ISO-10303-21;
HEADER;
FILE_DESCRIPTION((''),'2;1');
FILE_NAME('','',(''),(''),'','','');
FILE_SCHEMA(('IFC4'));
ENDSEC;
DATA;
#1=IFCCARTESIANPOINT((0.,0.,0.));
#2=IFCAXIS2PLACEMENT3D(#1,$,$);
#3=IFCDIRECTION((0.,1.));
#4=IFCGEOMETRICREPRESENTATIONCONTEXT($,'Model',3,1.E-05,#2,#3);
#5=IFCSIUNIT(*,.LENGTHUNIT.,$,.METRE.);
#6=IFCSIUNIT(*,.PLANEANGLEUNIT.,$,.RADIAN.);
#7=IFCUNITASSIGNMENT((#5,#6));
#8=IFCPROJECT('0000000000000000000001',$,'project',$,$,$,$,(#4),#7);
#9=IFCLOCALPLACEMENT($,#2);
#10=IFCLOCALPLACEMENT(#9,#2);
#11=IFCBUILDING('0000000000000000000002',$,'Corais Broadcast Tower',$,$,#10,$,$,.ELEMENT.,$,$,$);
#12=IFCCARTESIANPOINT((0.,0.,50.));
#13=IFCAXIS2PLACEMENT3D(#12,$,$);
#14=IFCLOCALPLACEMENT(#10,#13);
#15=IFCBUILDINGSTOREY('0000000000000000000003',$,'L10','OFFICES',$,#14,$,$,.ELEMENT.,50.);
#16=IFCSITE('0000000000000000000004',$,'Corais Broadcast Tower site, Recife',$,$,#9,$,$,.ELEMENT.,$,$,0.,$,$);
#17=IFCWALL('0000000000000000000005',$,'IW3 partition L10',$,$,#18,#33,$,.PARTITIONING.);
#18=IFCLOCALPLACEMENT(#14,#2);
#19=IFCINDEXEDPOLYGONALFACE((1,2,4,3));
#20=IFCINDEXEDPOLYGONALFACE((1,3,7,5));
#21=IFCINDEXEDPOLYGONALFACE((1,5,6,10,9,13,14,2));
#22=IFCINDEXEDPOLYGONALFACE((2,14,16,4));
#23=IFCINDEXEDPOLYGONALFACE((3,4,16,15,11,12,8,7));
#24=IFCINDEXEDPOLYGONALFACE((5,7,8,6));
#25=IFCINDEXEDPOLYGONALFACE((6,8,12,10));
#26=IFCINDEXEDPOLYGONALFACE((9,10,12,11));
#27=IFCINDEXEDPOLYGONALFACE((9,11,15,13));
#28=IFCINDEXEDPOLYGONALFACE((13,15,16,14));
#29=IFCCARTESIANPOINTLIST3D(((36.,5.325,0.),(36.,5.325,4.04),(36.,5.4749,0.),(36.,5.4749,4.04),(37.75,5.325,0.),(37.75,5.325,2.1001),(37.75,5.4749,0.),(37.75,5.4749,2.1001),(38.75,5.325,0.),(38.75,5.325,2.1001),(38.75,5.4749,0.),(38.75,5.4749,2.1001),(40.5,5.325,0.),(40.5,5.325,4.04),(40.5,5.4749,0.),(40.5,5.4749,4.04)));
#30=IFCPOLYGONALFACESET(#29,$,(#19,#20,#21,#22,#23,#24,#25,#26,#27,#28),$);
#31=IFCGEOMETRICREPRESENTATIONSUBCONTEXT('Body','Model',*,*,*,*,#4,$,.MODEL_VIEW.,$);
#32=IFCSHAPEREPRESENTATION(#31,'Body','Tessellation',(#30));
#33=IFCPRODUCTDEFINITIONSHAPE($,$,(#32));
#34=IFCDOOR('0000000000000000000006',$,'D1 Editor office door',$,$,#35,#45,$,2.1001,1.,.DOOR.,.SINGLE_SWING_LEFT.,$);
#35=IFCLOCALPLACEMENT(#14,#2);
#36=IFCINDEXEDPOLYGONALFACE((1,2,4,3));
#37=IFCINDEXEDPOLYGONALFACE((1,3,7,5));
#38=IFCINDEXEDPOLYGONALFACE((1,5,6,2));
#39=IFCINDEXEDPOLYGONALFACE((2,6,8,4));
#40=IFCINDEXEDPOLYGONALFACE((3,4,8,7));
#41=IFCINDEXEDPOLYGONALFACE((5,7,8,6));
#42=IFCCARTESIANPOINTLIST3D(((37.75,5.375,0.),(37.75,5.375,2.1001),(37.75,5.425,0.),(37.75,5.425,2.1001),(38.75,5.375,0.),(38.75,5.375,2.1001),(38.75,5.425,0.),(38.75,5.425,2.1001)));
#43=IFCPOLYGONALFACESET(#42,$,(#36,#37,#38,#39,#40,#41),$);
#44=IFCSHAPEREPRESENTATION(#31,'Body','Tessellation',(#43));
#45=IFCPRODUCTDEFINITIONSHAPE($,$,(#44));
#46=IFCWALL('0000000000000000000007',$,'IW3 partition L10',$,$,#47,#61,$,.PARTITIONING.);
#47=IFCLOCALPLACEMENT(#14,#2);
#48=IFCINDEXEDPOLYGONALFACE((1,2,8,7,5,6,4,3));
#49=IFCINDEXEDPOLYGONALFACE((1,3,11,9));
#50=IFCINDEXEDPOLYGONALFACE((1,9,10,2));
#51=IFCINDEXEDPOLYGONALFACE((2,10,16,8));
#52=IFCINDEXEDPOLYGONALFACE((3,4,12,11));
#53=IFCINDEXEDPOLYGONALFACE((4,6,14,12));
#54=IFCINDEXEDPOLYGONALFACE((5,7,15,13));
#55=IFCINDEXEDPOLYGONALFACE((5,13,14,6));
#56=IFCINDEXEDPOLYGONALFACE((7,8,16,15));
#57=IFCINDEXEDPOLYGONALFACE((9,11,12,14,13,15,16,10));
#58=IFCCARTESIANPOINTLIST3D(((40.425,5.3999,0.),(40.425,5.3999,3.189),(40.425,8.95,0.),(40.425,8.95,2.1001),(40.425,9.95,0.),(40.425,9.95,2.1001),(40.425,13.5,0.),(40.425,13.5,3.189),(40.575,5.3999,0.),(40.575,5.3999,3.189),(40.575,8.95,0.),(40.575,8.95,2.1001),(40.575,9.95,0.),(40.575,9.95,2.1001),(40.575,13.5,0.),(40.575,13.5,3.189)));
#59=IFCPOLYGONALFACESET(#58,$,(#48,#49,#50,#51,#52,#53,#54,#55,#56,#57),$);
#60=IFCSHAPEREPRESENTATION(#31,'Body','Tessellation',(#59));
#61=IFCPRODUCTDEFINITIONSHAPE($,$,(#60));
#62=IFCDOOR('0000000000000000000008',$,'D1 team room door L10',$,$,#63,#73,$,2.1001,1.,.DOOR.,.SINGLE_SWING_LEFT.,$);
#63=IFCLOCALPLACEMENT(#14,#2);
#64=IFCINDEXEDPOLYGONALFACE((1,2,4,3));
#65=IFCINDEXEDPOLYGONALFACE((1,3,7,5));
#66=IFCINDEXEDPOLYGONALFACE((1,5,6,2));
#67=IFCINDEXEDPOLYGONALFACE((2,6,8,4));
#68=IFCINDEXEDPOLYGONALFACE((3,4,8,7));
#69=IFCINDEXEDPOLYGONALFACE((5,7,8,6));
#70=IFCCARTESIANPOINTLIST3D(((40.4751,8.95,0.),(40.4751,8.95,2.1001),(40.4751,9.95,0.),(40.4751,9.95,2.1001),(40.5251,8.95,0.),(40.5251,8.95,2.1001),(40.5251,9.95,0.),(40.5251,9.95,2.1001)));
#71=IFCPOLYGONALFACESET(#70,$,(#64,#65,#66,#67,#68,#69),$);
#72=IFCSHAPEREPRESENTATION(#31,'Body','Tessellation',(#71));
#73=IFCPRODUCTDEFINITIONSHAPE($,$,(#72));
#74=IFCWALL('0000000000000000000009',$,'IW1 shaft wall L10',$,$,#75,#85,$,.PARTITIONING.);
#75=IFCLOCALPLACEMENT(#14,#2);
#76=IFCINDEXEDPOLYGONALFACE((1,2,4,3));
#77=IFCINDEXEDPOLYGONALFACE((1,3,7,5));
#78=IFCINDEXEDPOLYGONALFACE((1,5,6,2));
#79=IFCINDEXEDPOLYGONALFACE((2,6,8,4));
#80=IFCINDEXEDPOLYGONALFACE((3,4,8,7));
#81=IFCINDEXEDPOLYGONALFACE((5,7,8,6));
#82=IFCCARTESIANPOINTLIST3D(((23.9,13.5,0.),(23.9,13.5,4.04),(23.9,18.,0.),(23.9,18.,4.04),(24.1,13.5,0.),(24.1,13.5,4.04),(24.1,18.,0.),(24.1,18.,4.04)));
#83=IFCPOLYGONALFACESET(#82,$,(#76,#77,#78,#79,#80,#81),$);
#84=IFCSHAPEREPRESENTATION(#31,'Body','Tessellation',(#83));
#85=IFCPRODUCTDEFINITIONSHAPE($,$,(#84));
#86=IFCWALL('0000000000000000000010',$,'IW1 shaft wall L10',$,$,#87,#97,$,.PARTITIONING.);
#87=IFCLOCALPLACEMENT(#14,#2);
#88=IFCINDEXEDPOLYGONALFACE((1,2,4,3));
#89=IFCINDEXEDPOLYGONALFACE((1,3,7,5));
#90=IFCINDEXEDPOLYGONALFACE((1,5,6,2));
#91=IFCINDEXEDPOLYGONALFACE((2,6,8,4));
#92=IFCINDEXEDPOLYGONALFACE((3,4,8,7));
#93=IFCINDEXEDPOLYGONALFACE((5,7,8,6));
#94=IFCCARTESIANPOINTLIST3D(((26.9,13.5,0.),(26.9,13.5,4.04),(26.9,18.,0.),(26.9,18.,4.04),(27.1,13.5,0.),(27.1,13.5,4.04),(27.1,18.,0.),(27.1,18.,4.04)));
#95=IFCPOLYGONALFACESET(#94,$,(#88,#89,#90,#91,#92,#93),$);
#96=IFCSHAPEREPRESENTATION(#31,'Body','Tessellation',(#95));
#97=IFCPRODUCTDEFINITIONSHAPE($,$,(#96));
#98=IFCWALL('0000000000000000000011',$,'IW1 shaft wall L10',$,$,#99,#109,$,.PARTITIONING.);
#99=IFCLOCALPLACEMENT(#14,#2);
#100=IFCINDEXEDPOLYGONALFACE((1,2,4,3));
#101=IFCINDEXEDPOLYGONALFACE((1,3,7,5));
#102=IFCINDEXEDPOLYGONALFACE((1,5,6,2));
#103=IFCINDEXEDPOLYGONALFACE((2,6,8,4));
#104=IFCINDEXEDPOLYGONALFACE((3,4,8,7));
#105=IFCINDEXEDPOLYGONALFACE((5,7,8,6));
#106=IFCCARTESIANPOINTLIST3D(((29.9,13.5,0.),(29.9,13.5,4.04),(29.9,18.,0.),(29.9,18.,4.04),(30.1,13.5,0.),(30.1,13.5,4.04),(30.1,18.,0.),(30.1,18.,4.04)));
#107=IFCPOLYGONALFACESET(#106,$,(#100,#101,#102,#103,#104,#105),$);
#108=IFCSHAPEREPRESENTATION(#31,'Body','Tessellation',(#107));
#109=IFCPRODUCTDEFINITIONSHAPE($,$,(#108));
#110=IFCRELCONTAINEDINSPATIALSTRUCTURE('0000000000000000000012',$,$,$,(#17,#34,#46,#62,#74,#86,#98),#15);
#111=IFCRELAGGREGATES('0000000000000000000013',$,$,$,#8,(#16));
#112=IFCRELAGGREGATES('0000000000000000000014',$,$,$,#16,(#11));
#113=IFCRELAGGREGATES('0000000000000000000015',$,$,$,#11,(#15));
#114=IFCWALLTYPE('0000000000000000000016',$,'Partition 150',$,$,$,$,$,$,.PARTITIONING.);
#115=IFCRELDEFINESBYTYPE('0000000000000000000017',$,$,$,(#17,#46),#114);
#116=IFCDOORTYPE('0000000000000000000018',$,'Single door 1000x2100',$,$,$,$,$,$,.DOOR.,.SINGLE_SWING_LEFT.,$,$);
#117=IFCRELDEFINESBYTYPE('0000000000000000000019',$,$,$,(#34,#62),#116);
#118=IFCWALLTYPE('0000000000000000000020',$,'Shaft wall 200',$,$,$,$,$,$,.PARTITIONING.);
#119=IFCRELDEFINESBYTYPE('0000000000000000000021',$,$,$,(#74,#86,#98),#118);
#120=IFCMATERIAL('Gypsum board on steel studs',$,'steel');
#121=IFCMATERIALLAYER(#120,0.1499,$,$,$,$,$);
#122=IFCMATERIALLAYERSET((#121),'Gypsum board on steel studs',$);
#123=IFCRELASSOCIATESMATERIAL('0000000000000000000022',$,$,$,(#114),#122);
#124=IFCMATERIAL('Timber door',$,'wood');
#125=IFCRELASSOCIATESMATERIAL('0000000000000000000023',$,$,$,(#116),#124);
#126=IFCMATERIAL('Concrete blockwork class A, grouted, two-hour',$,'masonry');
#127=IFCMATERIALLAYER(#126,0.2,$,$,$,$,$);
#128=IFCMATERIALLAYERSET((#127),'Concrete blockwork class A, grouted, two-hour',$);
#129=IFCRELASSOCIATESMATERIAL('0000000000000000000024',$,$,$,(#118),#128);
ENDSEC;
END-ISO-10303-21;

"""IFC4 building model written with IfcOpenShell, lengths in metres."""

from ifc_helpers import new_model, si_unit, direction, frame, frame_2d, origin, place, context, subcontext, project, spatial, rectangle, extrude, material, layer, layer_set, type_object, element, fill, save


model = new_model("IFC4")

# Units and contexts
model_context = context("Model", 3, precision=1e-05, world=origin(), true_north=direction((0.0, 1.0)))
body_context = subcontext(model_context, "Body", "Model", "MODEL_VIEW")
ifc_project = project(units=[si_unit("LENGTHUNIT", "METRE"), si_unit("PLANEANGLEUNIT", "RADIAN")], contexts=[model_context])

# Site, building, storey
site_placement = place(None, origin())
site = spatial("IfcSite", under=ifc_project, at=site_placement, Name="Corais Broadcast Tower site, Recife", CompositionType="ELEMENT", RefElevation=0.0)
building_placement = place(site_placement, origin())
building = spatial("IfcBuilding", under=site, at=building_placement, Name="Corais Broadcast Tower", CompositionType="ELEMENT")
storey_placement = place(building_placement, frame((0.0, 0.0, 50.0)))
storey = spatial("IfcBuildingStorey", under=building, at=storey_placement, Name="L10", Description="OFFICES", CompositionType="ELEMENT", Elevation=50.0)

# Shared definitions
ifc_material_1 = material(Name="Gypsum board on steel studs", Category="steel")
ifc_layer_1 = layer(ifc_material_1, 0.1499)
ifc_layer_set_1 = layer_set([ifc_layer_1], Name="Gypsum board on steel studs")
wall_type_1 = type_object("IfcWallType", Name="Partition 150", PredefinedType="PARTITIONING", material=ifc_layer_set_1)
ifc_material_2 = material(Name="Timber door", Category="wood")
door_type = type_object("IfcDoorType", Name="Single door 1000x2100", OperationType="SINGLE_SWING_LEFT", PredefinedType="DOOR", material=ifc_material_2)

# Walls, openings, doors
wall_1_placement = place(storey_placement, frame((40.5, 5.3999, 0.0), z_axis=(0.0, 0.0, 1.0), x_axis=(-1.0, 0.0, 0.0)))
wall_1 = element("IfcWall", 1, at=wall_1_placement, inside=storey, type_object=wall_type_1, Name="IW3 partition L10", PredefinedType="PARTITIONING", context=body_context, shape_type="SweptSolid", body=[
    extrude(rectangle(XDim=4.5, YDim=0.1499, at=frame_2d((2.25, 0.0))), origin(), (0.0, 0.0, 1.0), 4.04),
])
opening_1_placement = place(wall_1_placement, frame((1.75, 0.0, 0.0)))
opening_1 = element("IfcOpeningElement", 2, at=opening_1_placement, cuts=wall_1, PredefinedType="OPENING", context=body_context, shape_type="SweptSolid", body=[
    extrude(rectangle(XDim=1.0, YDim=2.1001, at=frame_2d((0.5, 1.05))), frame((0.0, 0.085, 0.0), z_axis=(0.0, -1.0, 0.0), x_axis=(1.0, 0.0, 0.0)), (0.0, 0.0, 1.0), 0.1699),
])
door_1_placement = place(opening_1_placement, origin())
door_1 = element("IfcDoor", 3, at=door_1_placement, inside=storey, type_object=door_type, Name="D1 Editor office door", OperationType="SINGLE_SWING_LEFT", OverallHeight=2.1001, OverallWidth=1.0, PredefinedType="DOOR", context=body_context, shape_type="SweptSolid", body=[
    extrude(rectangle(XDim=1.0, YDim=2.1001, at=frame_2d((0.5, 1.05))), frame((0.0, 0.0249, 0.0), z_axis=(0.0, -1.0, 0.0), x_axis=(1.0, 0.0, 0.0)), (0.0, 0.0, 1.0), 0.05),
])
fill(opening_1, door_1)
wall_2_placement = place(storey_placement, frame((40.5, 5.3999, 0.0), z_axis=(0.0, 0.0, 1.0), x_axis=(0.0, 1.0, 0.0)))
wall_2 = element("IfcWall", 4, at=wall_2_placement, inside=storey, type_object=wall_type_1, Name="IW3 partition L10", PredefinedType="PARTITIONING", context=body_context, shape_type="SweptSolid", body=[
    extrude(rectangle(XDim=8.1001, YDim=0.1499, at=frame_2d((4.05, 0.0))), origin(), (0.0, 0.0, 1.0), 3.189),
])
opening_2_placement = place(wall_2_placement, frame((3.55, 0.0, 0.0)))
opening_2 = element("IfcOpeningElement", 5, at=opening_2_placement, cuts=wall_2, PredefinedType="OPENING", context=body_context, shape_type="SweptSolid", body=[
    extrude(rectangle(XDim=1.0, YDim=2.1001, at=frame_2d((0.5, 1.05))), frame((0.0, 0.085, 0.0), z_axis=(0.0, -1.0, 0.0), x_axis=(1.0, 0.0, 0.0)), (0.0, 0.0, 1.0), 0.1699),
])
door_2_placement = place(opening_2_placement, origin())
door_2 = element("IfcDoor", 6, at=door_2_placement, inside=storey, type_object=door_type, Name="D1 team room door L10", OperationType="SINGLE_SWING_LEFT", OverallHeight=2.1001, OverallWidth=1.0, PredefinedType="DOOR", context=body_context, shape_type="SweptSolid", body=[
    extrude(rectangle(XDim=1.0, YDim=2.1001, at=frame_2d((0.5, 1.05))), frame((0.0, 0.0249, 0.0), z_axis=(0.0, -1.0, 0.0), x_axis=(1.0, 0.0, 0.0)), (0.0, 0.0, 1.0), 0.05),
])
fill(opening_2, door_2)

# Walls
ifc_material_3 = material(Name="Concrete blockwork class A, grouted, two-hour", Category="masonry")
ifc_layer_2 = layer(ifc_material_3, 0.2)
ifc_layer_set_2 = layer_set([ifc_layer_2], Name="Concrete blockwork class A, grouted, two-hour")
wall_type_2 = type_object("IfcWallType", Name="Shaft wall 200", PredefinedType="PARTITIONING", material=ifc_layer_set_2)
for number, where, z_axis, x_axis, name in (
    (7, (24.0, 13.5, 0.0), (0.0, 0.0, 1.0), (0.0, 1.0, 0.0), "IW1 shaft wall L10"),
    (8, (27.0, 13.5, 0.0), (0.0, 0.0, 1.0), (0.0, 1.0, 0.0), "IW1 shaft wall L10"),
    (9, (30.0, 13.5, 0.0), (0.0, 0.0, 1.0), (0.0, 1.0, 0.0), "IW1 shaft wall L10"),
):
    element("IfcWall", number, at=place(storey_placement, frame(where, z_axis=z_axis, x_axis=x_axis)), inside=storey, type_object=wall_type_2, Name=name, PredefinedType="PARTITIONING", context=body_context, shape_type="SweptSolid", body=[
        extrude(rectangle(XDim=4.5, YDim=0.2, at=frame_2d((2.25, 0.0))), origin(), (0.0, 0.0, 1.0), 4.04),
    ])

save(model, "model.ifc")
